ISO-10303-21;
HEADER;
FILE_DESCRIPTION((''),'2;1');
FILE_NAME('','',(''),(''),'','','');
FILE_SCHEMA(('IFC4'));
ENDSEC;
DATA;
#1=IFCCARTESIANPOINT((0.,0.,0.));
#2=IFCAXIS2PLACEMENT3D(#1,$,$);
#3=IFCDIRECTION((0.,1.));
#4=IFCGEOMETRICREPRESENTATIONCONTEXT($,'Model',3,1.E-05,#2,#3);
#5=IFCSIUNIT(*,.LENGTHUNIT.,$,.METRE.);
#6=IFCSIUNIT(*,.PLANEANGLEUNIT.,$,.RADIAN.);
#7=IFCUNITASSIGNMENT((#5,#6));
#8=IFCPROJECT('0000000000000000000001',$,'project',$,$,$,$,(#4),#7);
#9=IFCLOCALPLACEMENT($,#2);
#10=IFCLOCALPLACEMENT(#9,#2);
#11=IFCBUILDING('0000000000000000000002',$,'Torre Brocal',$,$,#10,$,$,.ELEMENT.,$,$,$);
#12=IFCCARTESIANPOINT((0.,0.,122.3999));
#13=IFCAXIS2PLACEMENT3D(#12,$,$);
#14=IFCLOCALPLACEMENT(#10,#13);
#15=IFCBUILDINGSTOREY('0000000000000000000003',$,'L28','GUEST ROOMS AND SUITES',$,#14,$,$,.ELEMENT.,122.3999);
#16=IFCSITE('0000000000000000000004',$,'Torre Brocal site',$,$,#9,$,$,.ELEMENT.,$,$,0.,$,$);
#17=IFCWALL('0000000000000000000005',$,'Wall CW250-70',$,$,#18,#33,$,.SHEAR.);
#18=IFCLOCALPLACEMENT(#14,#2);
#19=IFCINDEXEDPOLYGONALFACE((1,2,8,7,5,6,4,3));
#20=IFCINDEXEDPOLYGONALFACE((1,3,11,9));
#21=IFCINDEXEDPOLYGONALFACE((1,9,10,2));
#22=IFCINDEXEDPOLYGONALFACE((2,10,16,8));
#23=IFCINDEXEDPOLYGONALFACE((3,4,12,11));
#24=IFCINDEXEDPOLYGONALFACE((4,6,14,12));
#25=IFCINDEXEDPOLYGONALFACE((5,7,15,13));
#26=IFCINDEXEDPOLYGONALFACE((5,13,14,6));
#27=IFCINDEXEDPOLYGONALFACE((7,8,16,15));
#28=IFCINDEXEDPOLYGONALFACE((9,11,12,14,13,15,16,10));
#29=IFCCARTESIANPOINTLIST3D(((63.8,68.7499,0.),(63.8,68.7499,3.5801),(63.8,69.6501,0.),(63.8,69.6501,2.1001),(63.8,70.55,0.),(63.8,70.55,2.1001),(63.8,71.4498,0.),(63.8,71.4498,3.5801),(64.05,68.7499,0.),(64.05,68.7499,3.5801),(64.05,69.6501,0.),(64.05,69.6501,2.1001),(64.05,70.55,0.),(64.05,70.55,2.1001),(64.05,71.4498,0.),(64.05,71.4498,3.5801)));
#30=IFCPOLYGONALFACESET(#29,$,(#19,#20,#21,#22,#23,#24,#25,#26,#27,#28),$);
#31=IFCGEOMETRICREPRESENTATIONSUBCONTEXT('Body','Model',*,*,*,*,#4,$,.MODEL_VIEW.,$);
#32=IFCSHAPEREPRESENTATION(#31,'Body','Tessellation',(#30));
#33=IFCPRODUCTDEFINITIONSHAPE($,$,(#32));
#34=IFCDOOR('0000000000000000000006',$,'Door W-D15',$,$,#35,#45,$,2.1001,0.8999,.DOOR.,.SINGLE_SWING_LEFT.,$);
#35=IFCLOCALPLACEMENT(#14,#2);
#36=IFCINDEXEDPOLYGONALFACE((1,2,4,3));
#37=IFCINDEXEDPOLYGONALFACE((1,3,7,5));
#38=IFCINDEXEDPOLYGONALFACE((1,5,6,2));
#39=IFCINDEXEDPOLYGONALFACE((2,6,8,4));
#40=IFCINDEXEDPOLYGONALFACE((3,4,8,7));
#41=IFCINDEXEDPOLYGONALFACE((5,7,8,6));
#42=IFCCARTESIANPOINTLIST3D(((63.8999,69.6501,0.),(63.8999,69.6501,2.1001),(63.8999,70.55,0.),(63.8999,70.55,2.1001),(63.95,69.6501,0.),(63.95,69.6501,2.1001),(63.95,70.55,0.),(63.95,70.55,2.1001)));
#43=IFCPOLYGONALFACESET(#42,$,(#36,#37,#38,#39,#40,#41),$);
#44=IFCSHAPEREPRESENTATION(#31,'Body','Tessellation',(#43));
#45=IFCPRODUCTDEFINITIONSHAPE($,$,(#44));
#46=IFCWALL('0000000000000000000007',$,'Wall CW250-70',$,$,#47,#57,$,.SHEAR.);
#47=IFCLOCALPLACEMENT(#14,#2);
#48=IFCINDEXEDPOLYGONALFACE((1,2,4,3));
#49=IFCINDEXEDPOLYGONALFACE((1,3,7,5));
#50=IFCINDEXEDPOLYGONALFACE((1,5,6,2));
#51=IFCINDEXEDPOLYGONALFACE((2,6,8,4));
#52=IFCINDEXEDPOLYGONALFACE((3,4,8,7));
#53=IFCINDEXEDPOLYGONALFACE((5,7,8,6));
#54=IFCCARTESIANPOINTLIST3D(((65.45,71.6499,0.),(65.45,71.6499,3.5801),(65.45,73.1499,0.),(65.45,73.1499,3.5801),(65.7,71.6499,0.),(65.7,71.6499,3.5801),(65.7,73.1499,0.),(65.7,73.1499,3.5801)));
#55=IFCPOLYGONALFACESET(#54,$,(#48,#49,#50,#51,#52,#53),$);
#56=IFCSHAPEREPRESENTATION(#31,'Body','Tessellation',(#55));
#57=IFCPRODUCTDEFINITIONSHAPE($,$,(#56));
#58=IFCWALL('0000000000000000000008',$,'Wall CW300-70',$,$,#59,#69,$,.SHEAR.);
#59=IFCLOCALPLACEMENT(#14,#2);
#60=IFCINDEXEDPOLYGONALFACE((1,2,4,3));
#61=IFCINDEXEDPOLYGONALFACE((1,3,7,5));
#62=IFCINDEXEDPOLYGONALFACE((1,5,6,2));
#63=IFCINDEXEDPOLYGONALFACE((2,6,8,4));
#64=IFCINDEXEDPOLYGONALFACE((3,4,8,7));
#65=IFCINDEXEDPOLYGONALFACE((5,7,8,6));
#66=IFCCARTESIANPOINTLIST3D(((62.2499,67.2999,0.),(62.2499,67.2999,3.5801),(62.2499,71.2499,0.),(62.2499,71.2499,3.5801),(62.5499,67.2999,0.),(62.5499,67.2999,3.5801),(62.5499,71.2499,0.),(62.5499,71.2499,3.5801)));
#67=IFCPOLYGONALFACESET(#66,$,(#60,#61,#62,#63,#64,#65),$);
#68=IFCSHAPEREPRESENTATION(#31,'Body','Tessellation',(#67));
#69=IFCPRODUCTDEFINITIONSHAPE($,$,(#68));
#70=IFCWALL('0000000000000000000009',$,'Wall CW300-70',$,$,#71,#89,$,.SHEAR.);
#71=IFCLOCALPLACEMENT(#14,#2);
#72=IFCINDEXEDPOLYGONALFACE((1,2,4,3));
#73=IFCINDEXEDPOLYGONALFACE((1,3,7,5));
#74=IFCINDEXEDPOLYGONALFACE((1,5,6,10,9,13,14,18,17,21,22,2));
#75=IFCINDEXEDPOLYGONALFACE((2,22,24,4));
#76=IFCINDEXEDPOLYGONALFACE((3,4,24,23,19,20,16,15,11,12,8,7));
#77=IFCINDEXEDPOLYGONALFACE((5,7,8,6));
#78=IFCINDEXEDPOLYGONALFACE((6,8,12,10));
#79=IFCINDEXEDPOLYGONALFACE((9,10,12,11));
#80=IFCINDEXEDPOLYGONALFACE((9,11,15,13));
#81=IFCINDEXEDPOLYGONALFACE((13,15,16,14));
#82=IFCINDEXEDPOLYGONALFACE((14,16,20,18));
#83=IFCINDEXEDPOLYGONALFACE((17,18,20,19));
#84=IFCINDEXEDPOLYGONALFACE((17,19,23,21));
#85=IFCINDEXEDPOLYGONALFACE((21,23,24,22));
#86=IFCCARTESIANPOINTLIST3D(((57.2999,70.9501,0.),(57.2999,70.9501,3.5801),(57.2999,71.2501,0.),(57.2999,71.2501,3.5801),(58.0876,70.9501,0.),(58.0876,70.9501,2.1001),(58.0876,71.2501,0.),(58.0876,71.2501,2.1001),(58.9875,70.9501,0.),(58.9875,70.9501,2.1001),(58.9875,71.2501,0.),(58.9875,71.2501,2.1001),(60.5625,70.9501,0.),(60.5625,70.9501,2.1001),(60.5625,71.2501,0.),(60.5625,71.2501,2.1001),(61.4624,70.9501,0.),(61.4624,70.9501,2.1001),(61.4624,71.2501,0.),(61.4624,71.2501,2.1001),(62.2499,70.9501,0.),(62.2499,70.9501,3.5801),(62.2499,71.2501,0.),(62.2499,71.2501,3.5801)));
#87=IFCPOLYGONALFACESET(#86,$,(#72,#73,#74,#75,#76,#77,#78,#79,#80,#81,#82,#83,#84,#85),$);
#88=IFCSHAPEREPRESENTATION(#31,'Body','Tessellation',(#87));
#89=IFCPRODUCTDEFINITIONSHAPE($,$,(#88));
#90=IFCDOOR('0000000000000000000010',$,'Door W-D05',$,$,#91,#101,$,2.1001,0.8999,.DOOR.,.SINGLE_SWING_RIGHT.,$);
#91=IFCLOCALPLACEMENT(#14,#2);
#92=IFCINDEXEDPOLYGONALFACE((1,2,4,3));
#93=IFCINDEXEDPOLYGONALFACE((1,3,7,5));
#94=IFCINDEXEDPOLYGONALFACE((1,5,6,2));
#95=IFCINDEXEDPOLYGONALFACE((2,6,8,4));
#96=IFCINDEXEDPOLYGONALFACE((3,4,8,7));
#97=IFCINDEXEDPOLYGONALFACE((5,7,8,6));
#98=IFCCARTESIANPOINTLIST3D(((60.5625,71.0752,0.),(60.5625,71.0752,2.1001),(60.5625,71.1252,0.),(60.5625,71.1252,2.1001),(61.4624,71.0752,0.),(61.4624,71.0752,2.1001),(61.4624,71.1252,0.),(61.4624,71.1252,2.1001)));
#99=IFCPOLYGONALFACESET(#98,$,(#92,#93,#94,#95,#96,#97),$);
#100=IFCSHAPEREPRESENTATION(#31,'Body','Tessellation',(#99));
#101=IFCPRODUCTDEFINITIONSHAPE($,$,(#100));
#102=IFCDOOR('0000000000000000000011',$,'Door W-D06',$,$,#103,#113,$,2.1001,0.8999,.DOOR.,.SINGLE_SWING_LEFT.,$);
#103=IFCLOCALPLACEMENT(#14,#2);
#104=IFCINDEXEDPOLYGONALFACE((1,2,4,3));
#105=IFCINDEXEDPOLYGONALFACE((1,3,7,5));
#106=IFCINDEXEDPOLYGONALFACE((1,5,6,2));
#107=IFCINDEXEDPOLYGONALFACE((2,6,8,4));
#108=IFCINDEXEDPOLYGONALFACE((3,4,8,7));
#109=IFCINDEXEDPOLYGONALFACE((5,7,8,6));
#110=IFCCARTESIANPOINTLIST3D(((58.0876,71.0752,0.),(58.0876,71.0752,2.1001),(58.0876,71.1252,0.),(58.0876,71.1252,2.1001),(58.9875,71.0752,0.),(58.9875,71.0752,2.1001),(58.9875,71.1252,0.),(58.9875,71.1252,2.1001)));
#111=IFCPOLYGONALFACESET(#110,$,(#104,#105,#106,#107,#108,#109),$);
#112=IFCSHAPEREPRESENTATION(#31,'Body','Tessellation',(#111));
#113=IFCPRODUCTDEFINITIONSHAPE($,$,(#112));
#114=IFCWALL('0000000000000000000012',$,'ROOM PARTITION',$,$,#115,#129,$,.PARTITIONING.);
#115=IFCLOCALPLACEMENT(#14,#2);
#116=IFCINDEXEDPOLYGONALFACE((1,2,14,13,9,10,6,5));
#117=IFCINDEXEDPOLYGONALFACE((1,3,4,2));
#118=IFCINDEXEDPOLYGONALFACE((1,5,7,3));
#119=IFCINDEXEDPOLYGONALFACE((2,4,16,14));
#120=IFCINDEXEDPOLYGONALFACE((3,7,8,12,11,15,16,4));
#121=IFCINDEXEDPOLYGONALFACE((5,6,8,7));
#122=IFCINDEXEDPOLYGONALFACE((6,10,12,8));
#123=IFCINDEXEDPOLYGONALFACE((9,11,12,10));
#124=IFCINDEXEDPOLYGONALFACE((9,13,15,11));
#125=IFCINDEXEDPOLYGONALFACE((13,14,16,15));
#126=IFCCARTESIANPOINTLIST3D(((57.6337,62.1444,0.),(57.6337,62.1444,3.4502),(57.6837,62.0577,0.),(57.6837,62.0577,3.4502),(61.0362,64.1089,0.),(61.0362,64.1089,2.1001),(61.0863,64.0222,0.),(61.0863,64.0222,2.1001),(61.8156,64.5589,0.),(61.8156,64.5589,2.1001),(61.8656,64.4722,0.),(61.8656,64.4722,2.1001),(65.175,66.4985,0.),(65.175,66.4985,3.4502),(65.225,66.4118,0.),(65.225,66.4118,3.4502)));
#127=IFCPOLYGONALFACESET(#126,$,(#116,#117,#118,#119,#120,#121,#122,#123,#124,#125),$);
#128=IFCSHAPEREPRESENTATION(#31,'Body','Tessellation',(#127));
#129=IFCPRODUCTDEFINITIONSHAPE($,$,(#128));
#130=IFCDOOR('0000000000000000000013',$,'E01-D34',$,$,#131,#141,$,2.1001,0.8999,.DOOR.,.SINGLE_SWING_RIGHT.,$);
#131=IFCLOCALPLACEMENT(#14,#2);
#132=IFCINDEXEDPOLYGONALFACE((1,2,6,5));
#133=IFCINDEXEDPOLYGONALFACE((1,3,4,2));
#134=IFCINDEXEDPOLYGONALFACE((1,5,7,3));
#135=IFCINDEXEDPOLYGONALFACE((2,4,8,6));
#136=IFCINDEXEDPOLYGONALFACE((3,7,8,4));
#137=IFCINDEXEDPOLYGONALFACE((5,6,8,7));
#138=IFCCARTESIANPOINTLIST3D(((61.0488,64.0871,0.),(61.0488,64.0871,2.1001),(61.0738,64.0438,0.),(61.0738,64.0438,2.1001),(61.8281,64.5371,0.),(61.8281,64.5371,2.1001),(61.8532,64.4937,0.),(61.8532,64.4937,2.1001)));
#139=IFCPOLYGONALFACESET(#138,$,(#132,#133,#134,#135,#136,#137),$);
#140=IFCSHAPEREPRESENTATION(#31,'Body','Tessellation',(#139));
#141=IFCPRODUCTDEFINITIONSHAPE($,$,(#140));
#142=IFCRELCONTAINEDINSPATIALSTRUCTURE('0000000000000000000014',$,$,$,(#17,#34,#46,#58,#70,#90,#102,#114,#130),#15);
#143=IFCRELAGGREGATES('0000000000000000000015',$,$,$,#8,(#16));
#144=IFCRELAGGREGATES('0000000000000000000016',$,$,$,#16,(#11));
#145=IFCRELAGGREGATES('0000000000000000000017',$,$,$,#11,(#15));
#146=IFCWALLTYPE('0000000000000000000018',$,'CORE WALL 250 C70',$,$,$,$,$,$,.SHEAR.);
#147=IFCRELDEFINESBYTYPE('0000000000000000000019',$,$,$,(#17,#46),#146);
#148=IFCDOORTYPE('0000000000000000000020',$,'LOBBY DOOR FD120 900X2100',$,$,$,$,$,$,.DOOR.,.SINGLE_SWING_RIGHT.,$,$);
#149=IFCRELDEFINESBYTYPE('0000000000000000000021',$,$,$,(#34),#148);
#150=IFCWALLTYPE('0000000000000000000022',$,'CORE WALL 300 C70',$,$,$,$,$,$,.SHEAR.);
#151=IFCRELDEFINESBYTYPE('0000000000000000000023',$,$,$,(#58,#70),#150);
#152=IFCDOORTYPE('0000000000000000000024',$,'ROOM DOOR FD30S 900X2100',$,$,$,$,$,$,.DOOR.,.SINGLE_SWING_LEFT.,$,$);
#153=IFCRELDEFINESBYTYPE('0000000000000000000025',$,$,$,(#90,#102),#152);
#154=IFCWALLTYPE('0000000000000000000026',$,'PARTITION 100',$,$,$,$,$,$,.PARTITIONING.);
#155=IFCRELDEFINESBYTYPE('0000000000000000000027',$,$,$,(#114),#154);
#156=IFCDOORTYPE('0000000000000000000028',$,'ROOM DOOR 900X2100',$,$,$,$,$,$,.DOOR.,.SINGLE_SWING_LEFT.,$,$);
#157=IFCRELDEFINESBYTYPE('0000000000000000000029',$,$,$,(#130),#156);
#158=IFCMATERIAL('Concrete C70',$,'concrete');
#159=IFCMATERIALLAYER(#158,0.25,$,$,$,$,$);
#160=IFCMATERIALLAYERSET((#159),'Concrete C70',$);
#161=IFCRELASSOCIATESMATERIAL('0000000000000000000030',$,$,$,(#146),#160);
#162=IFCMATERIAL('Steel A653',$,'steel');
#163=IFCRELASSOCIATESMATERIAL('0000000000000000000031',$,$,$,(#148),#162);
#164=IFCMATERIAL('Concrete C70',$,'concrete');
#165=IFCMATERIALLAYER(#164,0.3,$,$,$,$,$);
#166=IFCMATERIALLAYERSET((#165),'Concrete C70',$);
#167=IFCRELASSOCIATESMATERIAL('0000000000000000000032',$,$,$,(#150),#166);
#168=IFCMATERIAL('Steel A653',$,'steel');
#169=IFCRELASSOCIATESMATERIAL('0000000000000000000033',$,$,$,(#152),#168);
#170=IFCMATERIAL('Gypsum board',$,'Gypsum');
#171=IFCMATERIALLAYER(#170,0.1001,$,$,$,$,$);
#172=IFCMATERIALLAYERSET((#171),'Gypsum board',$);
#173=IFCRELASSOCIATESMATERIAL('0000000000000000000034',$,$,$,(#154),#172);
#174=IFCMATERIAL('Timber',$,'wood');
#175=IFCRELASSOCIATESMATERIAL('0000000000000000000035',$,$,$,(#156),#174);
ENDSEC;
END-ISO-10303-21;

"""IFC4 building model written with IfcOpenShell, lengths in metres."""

from ifc_helpers import new_model, si_unit, direction, frame, frame_2d, origin, place, context, subcontext, project, spatial, rectangle, extrude, material, layer, layer_set, type_object, element, fill, save


model = new_model("IFC4")

# Units and contexts
model_context = context("Model", 3, precision=1e-05, world=origin(), true_north=direction((0.0, 1.0)))
body_context = subcontext(model_context, "Body", "Model", "MODEL_VIEW")
ifc_project = project(units=[si_unit("LENGTHUNIT", "METRE"), si_unit("PLANEANGLEUNIT", "RADIAN")], contexts=[model_context])

# Site, building, storey
site_placement = place(None, origin())
site = spatial("IfcSite", under=ifc_project, at=site_placement, Name="Torre Brocal site", CompositionType="ELEMENT", RefElevation=0.0)
building_placement = place(site_placement, origin())
building = spatial("IfcBuilding", under=site, at=building_placement, Name="Torre Brocal", CompositionType="ELEMENT")
storey_placement = place(building_placement, frame((0.0, 0.0, 122.3999)))
storey = spatial("IfcBuildingStorey", under=building, at=storey_placement, Name="L28", Description="GUEST ROOMS AND SUITES", CompositionType="ELEMENT", Elevation=122.3999)

# Wall, opening, door
ifc_material_1 = material(Name="Concrete C70", Category="concrete")
ifc_layer_1 = layer(ifc_material_1, 0.25)
ifc_layer_set_1 = layer_set([ifc_layer_1], Name="Concrete C70")
wall_type_1 = type_object("IfcWallType", Name="CORE WALL 250 C70", PredefinedType="SHEAR", material=ifc_layer_set_1)
wall_1_placement = place(storey_placement, frame((63.925, 71.45, 0.0), z_axis=(0.0, 0.0, 1.0), x_axis=(0.0, -1.0, 0.0)))
wall_1 = element("IfcWall", 1, at=wall_1_placement, inside=storey, type_object=wall_type_1, Name="Wall CW250-70", PredefinedType="SHEAR", context=body_context, shape_type="SweptSolid", body=[
    extrude(rectangle(XDim=2.7, YDim=0.25, at=frame_2d((1.3501, 0.0))), origin(), (0.0, 0.0, 1.0), 3.5801),
])
opening_1_placement = place(wall_1_placement, frame((0.8999, 0.0, 0.0)))
opening_1 = element("IfcOpeningElement", 2, at=opening_1_placement, cuts=wall_1, PredefinedType="OPENING", context=body_context, shape_type="SweptSolid", body=[
    extrude(rectangle(XDim=0.8999, YDim=2.1001, at=frame_2d((0.45, 1.05))), frame((0.0, 0.135, 0.0), z_axis=(0.0, -1.0, 0.0), x_axis=(1.0, 0.0, 0.0)), (0.0, 0.0, 1.0), 0.27),
])
ifc_material_2 = material(Name="Steel A653", Category="steel")
door_type_1 = type_object("IfcDoorType", Name="LOBBY DOOR FD120 900X2100", OperationType="SINGLE_SWING_RIGHT", PredefinedType="DOOR", material=ifc_material_2)
door_1_placement = place(opening_1_placement, origin())
door_1 = element("IfcDoor", 3, at=door_1_placement, inside=storey, type_object=door_type_1, Name="Door W-D15", OperationType="SINGLE_SWING_LEFT", OverallHeight=2.1001, OverallWidth=0.8999, PredefinedType="DOOR", context=body_context, shape_type="SweptSolid", body=[
    extrude(rectangle(XDim=0.8999, YDim=2.1001, at=frame_2d((0.45, 1.05))), frame((0.0, 0.0249, 0.0), z_axis=(0.0, -1.0, 0.0), x_axis=(1.0, 0.0, 0.0)), (0.0, 0.0, 1.0), 0.05),
])
fill(opening_1, door_1)

# Walls
wall_2_placement = place(storey_placement, frame((65.575, 73.1499, 0.0), z_axis=(0.0, 0.0, 1.0), x_axis=(0.0, -1.0, 0.0)))
element("IfcWall", 4, at=wall_2_placement, inside=storey, type_object=wall_type_1, Name="Wall CW250-70", PredefinedType="SHEAR", context=body_context, shape_type="SweptSolid", body=[
    extrude(rectangle(XDim=1.5, YDim=0.25, at=frame_2d((0.75, 0.0))), origin(), (0.0, 0.0, 1.0), 3.5801),
])
ifc_material_3 = material(Name="Concrete C70", Category="concrete")
ifc_layer_2 = layer(ifc_material_3, 0.3)
ifc_layer_set_2 = layer_set([ifc_layer_2], Name="Concrete C70")
wall_type_2 = type_object("IfcWallType", Name="CORE WALL 300 C70", PredefinedType="SHEAR", material=ifc_layer_set_2)
wall_3_placement = place(storey_placement, frame((62.3999, 71.25, 0.0), z_axis=(0.0, 0.0, 1.0), x_axis=(0.0, -1.0, 0.0)))
element("IfcWall", 5, at=wall_3_placement, inside=storey, type_object=wall_type_2, Name="Wall CW300-70", PredefinedType="SHEAR", context=body_context, shape_type="SweptSolid", body=[
    extrude(rectangle(XDim=3.95, YDim=0.3, at=frame_2d((1.9751, 0.0))), origin(), (0.0, 0.0, 1.0), 3.5801),
])

# Wall, openings, doors
wall_4_placement = place(storey_placement, frame((62.25, 71.1001, 0.0), z_axis=(0.0, 0.0, 1.0), x_axis=(-1.0, 0.0, 0.0)))
wall_4 = element("IfcWall", 6, at=wall_4_placement, inside=storey, type_object=wall_type_2, Name="Wall CW300-70", PredefinedType="SHEAR", context=body_context, shape_type="SweptSolid", body=[
    extrude(rectangle(XDim=4.95, YDim=0.3, at=frame_2d((2.4751, 0.0))), origin(), (0.0, 0.0, 1.0), 3.5801),
])
opening_2_placement = place(wall_4_placement, frame((0.7876, 0.0, 0.0)))
opening_2 = element("IfcOpeningElement", 7, at=opening_2_placement, cuts=wall_4, PredefinedType="OPENING", context=body_context, shape_type="SweptSolid", body=[
    extrude(rectangle(XDim=0.8999, YDim=2.1001, at=frame_2d((0.45, 1.05))), frame((0.0, 0.1599, 0.0), z_axis=(0.0, -1.0, 0.0), x_axis=(1.0, 0.0, 0.0)), (0.0, 0.0, 1.0), 0.3201),
])
opening_3_placement = place(wall_4_placement, frame((3.2625, 0.0, 0.0)))
opening_3 = element("IfcOpeningElement", 8, at=opening_3_placement, cuts=wall_4, PredefinedType="OPENING", context=body_context, shape_type="SweptSolid", body=[
    extrude(rectangle(XDim=0.8999, YDim=2.1001, at=frame_2d((0.45, 1.05))), frame((0.0, 0.1599, 0.0), z_axis=(0.0, -1.0, 0.0), x_axis=(1.0, 0.0, 0.0)), (0.0, 0.0, 1.0), 0.3201),
])
ifc_material_4 = material(Name="Steel A653", Category="steel")
door_type_2 = type_object("IfcDoorType", Name="ROOM DOOR FD30S 900X2100", OperationType="SINGLE_SWING_LEFT", PredefinedType="DOOR", material=ifc_material_4)
door_2_placement = place(opening_2_placement, origin())
door_2 = element("IfcDoor", 9, at=door_2_placement, inside=storey, type_object=door_type_2, Name="Door W-D05", OperationType="SINGLE_SWING_RIGHT", OverallHeight=2.1001, OverallWidth=0.8999, PredefinedType="DOOR", context=body_context, shape_type="SweptSolid", body=[
    extrude(rectangle(XDim=0.8999, YDim=2.1001, at=frame_2d((0.45, 1.05))), frame((0.0, 0.0249, 0.0), z_axis=(0.0, -1.0, 0.0), x_axis=(1.0, 0.0, 0.0)), (0.0, 0.0, 1.0), 0.05),
])
fill(opening_2, door_2)
door_3_placement = place(opening_3_placement, origin())
door_3 = element("IfcDoor", 10, at=door_3_placement, inside=storey, type_object=door_type_2, Name="Door W-D06", OperationType="SINGLE_SWING_LEFT", OverallHeight=2.1001, OverallWidth=0.8999, PredefinedType="DOOR", context=body_context, shape_type="SweptSolid", body=[
    extrude(rectangle(XDim=0.8999, YDim=2.1001, at=frame_2d((0.45, 1.05))), frame((0.0, 0.0249, 0.0), z_axis=(0.0, -1.0, 0.0), x_axis=(1.0, 0.0, 0.0)), (0.0, 0.0, 1.0), 0.05),
])
fill(opening_3, door_3)

# Wall, opening, door
ifc_material_5 = material(Name="Gypsum board", Category="Gypsum")
ifc_layer_3 = layer(ifc_material_5, 0.1001)
ifc_layer_set_3 = layer_set([ifc_layer_3], Name="Gypsum board")
wall_type_3 = type_object("IfcWallType", Name="PARTITION 100", PredefinedType="PARTITIONING", material=ifc_layer_set_3)
wall_5_placement = place(storey_placement, frame((57.6587, 62.1011, 0.0), z_axis=(0.0, 0.0, 1.0), x_axis=(0.866023, 0.500005, 0.0)))
wall_5 = element("IfcWall", 11, at=wall_5_placement, inside=storey, type_object=wall_type_3, Name="ROOM PARTITION", PredefinedType="PARTITIONING", context=body_context, shape_type="SweptSolid", body=[
    extrude(rectangle(XDim=8.708, YDim=0.1001, at=frame_2d((4.354, 0.0))), origin(), (0.0, 0.0, 1.0), 3.4502),
])
opening_4_placement = place(wall_5_placement, frame((3.929, 0.0, 0.0)))
opening_4 = element("IfcOpeningElement", 12, at=opening_4_placement, cuts=wall_5, PredefinedType="OPENING", context=body_context, shape_type="SweptSolid", body=[
    extrude(rectangle(XDim=0.8999, YDim=2.1001, at=frame_2d((0.45, 1.05))), frame((0.0, 0.0601, 0.0), z_axis=(0.0, -1.0, 0.0), x_axis=(1.0, 0.0, 0.0)), (0.0, 0.0, 1.0), 0.1201),
])
ifc_material_6 = material(Name="Timber", Category="wood")
door_type_3 = type_object("IfcDoorType", Name="ROOM DOOR 900X2100", OperationType="SINGLE_SWING_LEFT", PredefinedType="DOOR", material=ifc_material_6)
door_4_placement = place(opening_4_placement, origin())
door_4 = element("IfcDoor", 13, at=door_4_placement, inside=storey, type_object=door_type_3, Name="E01-D34", OperationType="SINGLE_SWING_RIGHT", OverallHeight=2.1001, OverallWidth=0.8999, PredefinedType="DOOR", context=body_context, shape_type="SweptSolid", body=[
    extrude(rectangle(XDim=0.8999, YDim=2.1001, at=frame_2d((0.45, 1.05))), frame((0.0, 0.0249, 0.0), z_axis=(0.0, -1.0, 0.0), x_axis=(1.0, 0.0, 0.0)), (0.0, 0.0, 1.0), 0.05),
])
fill(opening_4, door_4)

save(model, "model.ifc")
